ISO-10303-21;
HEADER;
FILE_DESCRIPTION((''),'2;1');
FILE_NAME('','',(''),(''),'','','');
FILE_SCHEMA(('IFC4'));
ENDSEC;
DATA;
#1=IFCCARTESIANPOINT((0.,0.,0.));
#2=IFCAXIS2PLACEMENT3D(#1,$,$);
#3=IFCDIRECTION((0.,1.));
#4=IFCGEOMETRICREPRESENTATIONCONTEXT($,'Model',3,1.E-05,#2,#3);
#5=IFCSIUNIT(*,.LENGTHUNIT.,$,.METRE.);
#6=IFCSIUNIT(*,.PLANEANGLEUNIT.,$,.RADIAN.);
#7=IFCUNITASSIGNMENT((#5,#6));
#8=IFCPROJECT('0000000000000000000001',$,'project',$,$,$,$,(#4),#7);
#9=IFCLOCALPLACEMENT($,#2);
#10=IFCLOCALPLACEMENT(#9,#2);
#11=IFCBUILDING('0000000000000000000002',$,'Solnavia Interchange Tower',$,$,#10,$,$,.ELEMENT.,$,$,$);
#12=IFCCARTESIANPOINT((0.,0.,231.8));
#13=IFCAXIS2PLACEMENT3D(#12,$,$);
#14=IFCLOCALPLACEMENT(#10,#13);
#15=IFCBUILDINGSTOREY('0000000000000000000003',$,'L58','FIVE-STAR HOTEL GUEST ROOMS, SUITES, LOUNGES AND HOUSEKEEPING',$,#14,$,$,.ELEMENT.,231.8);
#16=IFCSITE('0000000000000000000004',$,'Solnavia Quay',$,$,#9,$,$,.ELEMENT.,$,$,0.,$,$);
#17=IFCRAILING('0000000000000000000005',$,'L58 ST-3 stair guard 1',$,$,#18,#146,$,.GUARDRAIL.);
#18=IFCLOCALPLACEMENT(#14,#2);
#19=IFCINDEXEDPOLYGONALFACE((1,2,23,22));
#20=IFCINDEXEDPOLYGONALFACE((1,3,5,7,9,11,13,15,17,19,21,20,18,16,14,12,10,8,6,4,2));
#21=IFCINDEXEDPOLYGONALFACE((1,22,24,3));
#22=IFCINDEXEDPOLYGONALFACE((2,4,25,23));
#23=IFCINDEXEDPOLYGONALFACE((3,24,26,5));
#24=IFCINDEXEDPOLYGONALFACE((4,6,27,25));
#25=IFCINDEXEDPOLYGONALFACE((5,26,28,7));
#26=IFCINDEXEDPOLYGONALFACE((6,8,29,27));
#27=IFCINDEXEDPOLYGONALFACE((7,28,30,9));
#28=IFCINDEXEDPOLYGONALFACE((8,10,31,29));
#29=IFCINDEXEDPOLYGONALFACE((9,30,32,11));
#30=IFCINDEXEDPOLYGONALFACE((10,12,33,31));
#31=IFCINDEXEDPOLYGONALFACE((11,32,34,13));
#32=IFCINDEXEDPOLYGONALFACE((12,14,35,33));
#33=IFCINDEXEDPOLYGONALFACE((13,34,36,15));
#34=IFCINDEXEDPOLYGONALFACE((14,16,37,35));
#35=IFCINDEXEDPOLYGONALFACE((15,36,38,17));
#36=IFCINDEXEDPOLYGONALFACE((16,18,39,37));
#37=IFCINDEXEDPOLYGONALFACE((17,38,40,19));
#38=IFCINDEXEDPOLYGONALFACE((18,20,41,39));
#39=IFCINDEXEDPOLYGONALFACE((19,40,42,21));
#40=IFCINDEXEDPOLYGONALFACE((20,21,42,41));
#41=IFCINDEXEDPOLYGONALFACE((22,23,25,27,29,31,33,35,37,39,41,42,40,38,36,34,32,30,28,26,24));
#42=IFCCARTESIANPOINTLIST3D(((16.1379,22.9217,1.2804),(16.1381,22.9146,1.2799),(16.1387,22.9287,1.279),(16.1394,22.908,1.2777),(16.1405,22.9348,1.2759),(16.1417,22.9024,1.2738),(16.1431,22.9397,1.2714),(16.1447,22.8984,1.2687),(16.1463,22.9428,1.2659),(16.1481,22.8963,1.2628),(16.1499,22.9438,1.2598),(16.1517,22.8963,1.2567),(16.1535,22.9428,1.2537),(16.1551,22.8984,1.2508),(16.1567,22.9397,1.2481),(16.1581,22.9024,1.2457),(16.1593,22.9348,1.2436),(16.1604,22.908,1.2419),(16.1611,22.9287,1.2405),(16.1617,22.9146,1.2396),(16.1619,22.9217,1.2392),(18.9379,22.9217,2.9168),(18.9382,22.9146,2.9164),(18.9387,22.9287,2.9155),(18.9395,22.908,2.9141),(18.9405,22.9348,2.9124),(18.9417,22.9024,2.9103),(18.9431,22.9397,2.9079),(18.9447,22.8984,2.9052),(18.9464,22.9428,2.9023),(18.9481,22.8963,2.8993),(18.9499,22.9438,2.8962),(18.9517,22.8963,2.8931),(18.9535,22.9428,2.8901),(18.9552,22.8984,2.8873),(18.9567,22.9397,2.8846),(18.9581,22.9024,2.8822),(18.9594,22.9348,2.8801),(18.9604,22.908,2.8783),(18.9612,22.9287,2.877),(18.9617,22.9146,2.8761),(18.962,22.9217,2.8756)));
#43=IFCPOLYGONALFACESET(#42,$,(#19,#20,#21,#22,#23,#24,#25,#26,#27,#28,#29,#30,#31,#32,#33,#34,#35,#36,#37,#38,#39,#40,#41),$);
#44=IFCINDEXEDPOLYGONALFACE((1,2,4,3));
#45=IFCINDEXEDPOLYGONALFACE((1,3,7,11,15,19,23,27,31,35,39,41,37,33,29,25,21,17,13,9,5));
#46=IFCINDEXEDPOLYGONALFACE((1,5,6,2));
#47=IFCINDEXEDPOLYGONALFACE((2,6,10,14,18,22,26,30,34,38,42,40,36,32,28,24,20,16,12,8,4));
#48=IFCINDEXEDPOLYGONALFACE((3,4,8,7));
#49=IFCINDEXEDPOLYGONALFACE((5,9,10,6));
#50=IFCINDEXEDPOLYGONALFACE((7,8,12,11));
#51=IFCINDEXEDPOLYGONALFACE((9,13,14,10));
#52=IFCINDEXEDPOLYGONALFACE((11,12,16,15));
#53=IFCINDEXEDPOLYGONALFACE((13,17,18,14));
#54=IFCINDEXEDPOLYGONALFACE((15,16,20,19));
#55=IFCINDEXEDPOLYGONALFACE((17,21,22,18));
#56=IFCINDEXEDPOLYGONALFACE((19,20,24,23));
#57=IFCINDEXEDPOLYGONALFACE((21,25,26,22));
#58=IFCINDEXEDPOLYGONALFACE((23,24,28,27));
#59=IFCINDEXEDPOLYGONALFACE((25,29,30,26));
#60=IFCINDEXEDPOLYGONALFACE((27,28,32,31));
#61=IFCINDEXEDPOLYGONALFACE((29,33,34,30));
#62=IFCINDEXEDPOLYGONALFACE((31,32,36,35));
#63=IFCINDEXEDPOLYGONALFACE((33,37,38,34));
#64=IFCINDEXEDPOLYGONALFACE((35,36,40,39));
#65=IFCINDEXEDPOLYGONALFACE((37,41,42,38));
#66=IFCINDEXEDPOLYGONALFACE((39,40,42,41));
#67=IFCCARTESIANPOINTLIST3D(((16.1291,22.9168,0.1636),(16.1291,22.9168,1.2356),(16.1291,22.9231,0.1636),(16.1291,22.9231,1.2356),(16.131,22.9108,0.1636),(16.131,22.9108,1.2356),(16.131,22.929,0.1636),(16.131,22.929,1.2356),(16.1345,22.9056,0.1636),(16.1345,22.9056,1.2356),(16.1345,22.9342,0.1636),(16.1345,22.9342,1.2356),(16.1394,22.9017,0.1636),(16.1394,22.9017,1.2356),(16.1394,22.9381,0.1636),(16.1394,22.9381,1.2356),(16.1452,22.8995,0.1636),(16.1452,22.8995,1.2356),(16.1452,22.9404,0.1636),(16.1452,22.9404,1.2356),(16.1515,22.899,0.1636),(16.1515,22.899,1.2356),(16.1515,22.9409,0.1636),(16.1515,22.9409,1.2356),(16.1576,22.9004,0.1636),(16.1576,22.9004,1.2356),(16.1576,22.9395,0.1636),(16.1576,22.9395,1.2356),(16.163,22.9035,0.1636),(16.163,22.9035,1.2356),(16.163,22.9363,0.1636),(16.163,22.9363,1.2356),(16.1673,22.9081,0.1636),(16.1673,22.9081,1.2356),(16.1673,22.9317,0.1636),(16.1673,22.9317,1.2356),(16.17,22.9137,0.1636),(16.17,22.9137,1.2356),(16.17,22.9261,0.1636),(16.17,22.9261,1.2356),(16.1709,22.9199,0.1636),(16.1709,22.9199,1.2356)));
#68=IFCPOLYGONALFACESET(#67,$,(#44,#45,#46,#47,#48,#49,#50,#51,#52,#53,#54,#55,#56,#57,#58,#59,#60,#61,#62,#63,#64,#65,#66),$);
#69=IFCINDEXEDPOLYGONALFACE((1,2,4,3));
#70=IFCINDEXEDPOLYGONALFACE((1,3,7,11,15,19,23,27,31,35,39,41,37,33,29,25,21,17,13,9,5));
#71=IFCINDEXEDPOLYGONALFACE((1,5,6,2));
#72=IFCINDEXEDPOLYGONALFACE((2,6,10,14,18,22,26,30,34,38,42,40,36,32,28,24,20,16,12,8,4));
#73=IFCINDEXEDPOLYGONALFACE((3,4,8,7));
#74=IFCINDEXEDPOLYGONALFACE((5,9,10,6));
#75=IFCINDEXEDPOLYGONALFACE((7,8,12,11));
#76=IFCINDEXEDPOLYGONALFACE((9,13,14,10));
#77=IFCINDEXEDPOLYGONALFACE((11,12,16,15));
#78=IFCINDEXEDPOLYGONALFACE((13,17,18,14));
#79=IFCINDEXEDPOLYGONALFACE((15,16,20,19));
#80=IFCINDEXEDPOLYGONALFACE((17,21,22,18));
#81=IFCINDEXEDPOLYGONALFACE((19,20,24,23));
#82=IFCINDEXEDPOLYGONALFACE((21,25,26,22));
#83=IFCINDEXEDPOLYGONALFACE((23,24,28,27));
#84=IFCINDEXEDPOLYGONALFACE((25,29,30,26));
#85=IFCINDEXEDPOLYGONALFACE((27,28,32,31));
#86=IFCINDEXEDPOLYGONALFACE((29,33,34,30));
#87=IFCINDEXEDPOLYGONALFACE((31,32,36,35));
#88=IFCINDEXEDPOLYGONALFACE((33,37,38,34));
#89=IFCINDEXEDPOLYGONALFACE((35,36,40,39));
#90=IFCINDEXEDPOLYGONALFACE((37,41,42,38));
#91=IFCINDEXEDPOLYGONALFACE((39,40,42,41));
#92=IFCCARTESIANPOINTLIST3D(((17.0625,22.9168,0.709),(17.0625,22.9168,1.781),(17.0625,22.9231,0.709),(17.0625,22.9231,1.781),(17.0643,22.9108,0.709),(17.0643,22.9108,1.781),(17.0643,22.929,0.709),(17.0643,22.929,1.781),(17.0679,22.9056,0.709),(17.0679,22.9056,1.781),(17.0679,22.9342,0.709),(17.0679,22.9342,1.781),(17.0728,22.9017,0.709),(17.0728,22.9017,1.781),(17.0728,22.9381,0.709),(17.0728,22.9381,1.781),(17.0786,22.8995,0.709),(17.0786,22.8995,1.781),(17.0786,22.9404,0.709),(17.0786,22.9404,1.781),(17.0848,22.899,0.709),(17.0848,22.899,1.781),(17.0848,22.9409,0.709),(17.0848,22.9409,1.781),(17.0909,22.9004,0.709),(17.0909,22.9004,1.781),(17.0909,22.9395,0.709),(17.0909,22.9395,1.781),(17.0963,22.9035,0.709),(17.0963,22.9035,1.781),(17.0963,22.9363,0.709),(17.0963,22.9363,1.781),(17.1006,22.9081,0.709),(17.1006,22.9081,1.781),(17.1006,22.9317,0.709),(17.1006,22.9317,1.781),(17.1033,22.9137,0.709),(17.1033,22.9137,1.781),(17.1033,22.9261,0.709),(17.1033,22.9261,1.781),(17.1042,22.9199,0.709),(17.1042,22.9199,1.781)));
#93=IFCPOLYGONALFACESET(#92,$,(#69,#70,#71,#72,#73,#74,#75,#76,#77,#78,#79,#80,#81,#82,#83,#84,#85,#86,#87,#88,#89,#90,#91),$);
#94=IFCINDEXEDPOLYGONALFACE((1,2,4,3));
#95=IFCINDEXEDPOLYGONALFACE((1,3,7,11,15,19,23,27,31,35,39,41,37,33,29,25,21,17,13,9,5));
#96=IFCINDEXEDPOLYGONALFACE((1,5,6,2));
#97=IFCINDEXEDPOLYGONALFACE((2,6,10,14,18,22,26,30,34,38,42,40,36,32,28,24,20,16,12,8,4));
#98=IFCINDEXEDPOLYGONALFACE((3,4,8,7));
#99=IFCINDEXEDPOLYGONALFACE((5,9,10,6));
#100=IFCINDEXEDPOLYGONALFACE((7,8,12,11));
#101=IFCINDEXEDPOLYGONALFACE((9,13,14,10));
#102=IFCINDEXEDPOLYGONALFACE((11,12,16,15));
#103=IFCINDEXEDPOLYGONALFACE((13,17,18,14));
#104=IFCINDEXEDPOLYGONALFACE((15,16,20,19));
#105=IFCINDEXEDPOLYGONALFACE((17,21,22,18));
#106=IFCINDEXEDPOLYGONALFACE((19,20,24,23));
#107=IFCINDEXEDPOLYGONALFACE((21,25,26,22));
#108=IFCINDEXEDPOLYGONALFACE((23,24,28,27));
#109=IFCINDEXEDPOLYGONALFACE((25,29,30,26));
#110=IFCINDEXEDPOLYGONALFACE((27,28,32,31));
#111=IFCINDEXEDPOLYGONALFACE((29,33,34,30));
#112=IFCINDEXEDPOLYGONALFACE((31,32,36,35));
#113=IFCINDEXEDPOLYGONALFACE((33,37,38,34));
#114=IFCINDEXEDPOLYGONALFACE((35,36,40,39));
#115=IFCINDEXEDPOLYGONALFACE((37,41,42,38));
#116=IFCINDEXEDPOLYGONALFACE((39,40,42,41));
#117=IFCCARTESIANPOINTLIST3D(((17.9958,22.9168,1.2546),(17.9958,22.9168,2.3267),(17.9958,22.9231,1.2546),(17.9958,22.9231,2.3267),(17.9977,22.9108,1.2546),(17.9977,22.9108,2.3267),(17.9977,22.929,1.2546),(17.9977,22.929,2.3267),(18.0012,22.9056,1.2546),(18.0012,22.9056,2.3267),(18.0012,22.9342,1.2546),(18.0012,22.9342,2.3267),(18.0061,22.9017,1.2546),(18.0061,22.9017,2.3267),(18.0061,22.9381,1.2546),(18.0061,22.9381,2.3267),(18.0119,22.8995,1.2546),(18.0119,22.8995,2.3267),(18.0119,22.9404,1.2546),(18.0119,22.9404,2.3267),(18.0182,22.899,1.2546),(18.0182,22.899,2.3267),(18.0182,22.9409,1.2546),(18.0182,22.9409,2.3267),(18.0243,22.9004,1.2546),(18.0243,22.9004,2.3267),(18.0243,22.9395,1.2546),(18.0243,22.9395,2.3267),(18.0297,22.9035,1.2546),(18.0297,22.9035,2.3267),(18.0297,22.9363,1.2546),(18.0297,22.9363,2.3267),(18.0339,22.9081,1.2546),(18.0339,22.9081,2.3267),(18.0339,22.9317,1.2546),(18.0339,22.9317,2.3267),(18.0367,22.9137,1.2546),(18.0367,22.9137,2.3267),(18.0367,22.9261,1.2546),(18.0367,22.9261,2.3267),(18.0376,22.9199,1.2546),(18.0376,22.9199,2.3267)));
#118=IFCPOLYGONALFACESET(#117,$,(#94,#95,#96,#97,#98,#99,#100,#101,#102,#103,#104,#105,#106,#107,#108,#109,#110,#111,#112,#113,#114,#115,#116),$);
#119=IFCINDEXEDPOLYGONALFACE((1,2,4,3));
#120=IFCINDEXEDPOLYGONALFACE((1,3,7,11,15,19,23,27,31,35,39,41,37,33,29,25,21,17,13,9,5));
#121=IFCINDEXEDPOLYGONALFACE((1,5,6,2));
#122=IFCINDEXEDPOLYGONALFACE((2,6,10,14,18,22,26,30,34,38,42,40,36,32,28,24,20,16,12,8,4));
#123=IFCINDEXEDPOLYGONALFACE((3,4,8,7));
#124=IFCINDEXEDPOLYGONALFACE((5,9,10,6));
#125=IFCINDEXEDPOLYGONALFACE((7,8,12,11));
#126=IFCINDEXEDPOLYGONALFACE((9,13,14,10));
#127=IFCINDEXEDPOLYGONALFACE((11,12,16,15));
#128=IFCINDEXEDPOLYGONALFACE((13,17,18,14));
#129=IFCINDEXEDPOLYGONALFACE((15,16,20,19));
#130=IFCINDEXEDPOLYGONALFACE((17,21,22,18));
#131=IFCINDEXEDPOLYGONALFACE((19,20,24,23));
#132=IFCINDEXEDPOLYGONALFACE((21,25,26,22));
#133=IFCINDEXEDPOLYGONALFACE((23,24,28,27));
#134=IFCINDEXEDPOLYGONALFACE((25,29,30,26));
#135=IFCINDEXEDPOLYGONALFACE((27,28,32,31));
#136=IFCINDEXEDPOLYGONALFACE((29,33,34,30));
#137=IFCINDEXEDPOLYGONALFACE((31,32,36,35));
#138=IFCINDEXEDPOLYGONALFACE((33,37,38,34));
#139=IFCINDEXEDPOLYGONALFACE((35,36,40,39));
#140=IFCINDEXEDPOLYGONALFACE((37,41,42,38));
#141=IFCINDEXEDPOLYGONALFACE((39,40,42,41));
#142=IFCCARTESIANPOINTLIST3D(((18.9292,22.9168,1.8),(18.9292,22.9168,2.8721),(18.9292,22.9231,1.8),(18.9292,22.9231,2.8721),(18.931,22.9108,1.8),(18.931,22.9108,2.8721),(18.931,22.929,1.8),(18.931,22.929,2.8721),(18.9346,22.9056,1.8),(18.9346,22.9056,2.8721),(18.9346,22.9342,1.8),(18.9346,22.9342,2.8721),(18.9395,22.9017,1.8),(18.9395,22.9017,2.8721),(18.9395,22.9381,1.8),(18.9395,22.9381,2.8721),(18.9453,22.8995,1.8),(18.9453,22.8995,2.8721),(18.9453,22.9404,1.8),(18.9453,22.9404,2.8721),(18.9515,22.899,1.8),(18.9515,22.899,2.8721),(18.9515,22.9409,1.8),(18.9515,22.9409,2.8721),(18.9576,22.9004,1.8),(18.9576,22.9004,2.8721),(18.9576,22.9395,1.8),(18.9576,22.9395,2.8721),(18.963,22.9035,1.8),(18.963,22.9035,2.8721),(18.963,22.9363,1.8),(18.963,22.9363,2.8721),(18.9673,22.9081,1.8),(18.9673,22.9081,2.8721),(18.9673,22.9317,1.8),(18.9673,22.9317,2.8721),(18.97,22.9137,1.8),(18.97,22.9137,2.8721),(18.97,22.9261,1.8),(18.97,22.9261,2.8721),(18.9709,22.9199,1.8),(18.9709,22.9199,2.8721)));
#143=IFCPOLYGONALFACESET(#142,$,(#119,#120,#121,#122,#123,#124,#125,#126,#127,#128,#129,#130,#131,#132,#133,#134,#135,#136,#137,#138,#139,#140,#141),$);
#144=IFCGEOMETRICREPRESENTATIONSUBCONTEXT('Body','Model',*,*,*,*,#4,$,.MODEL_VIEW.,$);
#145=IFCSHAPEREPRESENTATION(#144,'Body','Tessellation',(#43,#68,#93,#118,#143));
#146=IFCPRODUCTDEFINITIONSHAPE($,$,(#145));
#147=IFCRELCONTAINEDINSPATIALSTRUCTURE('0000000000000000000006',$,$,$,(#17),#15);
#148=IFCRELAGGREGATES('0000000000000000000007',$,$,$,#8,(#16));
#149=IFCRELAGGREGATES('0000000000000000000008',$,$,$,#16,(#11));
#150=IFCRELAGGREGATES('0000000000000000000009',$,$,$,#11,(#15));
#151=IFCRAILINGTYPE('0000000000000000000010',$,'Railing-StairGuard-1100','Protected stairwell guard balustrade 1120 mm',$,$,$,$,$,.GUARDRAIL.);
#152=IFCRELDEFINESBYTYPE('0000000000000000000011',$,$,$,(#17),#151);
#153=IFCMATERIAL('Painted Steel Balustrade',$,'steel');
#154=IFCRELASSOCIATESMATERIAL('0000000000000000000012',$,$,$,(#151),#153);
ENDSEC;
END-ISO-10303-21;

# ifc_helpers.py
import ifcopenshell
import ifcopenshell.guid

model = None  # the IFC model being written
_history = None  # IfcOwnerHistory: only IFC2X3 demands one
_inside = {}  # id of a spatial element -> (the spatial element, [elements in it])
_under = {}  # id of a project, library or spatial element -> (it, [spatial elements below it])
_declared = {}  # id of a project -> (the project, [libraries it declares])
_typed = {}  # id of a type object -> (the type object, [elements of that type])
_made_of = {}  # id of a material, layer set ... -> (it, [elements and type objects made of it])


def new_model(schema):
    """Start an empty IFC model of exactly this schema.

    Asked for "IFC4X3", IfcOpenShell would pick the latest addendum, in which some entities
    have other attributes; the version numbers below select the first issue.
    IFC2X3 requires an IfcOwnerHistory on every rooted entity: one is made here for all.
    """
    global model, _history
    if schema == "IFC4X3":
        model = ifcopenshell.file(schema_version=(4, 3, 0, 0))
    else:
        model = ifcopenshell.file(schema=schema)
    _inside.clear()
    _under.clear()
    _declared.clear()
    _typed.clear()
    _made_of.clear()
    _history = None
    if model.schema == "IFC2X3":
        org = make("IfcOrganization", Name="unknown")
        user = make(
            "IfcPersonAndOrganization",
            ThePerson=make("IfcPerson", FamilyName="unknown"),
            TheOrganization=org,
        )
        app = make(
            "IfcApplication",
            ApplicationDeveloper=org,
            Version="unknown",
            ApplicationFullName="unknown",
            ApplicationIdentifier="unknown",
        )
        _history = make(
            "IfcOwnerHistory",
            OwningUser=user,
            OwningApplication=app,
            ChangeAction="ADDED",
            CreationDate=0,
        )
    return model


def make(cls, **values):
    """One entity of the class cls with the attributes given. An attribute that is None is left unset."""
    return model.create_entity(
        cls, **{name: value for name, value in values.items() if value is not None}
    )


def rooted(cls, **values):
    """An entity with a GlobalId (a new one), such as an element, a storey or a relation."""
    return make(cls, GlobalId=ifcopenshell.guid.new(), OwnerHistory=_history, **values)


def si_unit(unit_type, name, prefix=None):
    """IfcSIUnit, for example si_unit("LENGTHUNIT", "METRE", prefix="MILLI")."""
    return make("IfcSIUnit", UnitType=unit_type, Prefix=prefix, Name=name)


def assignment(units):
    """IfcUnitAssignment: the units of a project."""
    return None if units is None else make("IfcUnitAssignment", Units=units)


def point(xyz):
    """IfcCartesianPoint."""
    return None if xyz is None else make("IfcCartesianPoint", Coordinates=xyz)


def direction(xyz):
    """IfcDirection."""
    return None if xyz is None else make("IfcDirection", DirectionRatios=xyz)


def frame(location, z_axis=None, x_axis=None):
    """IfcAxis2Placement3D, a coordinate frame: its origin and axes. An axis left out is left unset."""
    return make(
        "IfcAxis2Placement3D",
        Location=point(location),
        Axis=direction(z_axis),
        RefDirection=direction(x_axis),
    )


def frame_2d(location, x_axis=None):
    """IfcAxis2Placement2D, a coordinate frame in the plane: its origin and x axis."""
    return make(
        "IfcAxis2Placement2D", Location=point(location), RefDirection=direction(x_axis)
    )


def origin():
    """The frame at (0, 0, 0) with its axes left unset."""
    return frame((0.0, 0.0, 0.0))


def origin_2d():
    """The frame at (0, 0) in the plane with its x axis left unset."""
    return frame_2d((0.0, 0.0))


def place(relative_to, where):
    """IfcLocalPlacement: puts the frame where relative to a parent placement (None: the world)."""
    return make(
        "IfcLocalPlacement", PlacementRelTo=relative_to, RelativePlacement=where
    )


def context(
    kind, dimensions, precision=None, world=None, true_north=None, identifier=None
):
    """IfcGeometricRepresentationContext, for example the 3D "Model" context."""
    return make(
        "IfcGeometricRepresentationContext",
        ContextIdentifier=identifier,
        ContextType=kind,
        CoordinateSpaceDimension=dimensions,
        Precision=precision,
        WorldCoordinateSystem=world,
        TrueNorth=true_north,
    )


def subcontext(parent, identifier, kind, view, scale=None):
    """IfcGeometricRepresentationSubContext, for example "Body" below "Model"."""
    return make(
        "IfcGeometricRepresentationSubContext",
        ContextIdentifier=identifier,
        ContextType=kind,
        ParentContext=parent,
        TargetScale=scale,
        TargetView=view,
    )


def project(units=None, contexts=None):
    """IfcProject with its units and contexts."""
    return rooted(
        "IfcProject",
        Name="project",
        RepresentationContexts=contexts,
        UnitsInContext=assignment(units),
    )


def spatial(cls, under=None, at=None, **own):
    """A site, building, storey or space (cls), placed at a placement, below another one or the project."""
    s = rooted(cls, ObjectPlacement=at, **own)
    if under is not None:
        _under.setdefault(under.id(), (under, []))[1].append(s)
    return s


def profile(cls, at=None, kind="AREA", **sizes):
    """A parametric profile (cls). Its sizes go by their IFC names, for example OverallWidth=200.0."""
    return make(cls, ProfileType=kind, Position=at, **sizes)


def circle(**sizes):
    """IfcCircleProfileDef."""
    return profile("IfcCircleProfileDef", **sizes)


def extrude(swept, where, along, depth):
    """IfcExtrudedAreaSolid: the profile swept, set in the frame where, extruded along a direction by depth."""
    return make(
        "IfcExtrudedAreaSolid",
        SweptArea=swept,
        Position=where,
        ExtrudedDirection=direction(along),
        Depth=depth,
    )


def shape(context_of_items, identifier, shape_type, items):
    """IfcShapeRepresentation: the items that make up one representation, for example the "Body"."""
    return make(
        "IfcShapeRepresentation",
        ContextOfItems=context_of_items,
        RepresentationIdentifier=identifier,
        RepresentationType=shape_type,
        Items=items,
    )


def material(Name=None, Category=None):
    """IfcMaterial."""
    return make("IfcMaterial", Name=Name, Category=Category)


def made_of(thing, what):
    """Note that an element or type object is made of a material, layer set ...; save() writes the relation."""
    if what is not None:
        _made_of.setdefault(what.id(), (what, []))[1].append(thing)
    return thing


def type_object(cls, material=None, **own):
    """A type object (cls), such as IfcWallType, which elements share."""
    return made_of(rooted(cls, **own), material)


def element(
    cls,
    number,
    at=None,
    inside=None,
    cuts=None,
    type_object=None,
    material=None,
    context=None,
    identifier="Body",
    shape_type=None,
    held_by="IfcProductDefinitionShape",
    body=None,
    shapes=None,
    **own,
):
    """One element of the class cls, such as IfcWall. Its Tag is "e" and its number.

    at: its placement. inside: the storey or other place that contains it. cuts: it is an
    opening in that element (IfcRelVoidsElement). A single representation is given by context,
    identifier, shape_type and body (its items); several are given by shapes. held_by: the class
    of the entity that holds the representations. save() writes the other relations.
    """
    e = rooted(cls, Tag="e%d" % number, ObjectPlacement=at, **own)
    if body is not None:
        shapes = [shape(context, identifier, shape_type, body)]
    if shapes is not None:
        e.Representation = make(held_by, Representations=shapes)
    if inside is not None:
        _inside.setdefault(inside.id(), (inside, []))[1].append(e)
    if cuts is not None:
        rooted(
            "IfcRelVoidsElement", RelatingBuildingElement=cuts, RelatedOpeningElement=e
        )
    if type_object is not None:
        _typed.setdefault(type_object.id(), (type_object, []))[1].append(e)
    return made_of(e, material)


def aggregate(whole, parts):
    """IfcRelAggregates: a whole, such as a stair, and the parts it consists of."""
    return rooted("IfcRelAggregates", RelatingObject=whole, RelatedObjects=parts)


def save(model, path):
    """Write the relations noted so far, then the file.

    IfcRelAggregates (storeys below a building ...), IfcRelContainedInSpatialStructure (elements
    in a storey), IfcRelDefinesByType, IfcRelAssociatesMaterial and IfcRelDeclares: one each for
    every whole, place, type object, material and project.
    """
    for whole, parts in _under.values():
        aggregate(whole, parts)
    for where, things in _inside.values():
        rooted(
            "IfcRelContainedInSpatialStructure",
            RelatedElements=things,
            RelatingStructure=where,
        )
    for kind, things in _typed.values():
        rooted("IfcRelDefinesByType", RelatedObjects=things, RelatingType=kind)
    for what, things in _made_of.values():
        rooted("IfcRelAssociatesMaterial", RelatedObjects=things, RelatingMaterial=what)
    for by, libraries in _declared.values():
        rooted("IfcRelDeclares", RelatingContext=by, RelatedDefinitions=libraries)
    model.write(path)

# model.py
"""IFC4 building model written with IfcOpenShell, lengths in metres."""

from ifc_helpers import new_model, si_unit, direction, frame, origin, origin_2d, place, context, subcontext, project, spatial, circle, extrude, material, type_object, element, save


model = new_model("IFC4")

# Units and contexts
model_context = context("Model", 3, precision=1e-05, world=origin(), true_north=direction((0.0, 1.0)))
body_context = subcontext(model_context, "Body", "Model", "MODEL_VIEW")
ifc_project = project(units=[si_unit("LENGTHUNIT", "METRE"), si_unit("PLANEANGLEUNIT", "RADIAN")], contexts=[model_context])

# Site, building, storey
site_placement = place(None, origin())
site = spatial("IfcSite", under=ifc_project, at=site_placement, Name="Solnavia Quay", CompositionType="ELEMENT", RefElevation=0.0)
building_placement = place(site_placement, origin())
building = spatial("IfcBuilding", under=site, at=building_placement, Name="Solnavia Interchange Tower", CompositionType="ELEMENT")
storey_placement = place(building_placement, frame((0.0, 0.0, 231.8)))
storey = spatial("IfcBuildingStorey", under=building, at=storey_placement, Name="L58", Description="FIVE-STAR HOTEL GUEST ROOMS, SUITES, LOUNGES AND HOUSEKEEPING", CompositionType="ELEMENT", Elevation=231.8)

# Railing
ifc_material_1 = material(Name="Painted Steel Balustrade", Category="steel")
railing_type_1 = type_object("IfcRailingType", Name="Railing-StairGuard-1100", Description="Protected stairwell guard balustrade 1120 mm", PredefinedType="GUARDRAIL", material=ifc_material_1)
railing_1_placement = place(storey_placement, frame((16.1499, 22.9199, 0.1636)))
element("IfcRailing", 1, at=railing_1_placement, inside=storey, type_object=railing_type_1, Name="L58 ST-3 stair guard 1", PredefinedType="GUARDRAIL", context=body_context, shape_type="SweptSolid", body=[
    extrude(circle(Radius=0.0239, at=origin_2d()), frame((0.0, 0.0, 1.0962), z_axis=(0.863361, 0.0, 0.504587), x_axis=(0.0, 1.0, 0.0)), (0.0, 0.0, 1.0), 3.2432),
    extrude(circle(Radius=0.021, at=origin_2d()), origin(), (0.0, 0.0, 1.0), 1.072),
    extrude(circle(Radius=0.021, at=origin_2d()), frame((0.9333, 0.0, 0.5454)), (0.0, 0.0, 1.0), 1.072),
    extrude(circle(Radius=0.021, at=origin_2d()), frame((1.8667, 0.0, 1.0911)), (0.0, 0.0, 1.0), 1.072),
    extrude(circle(Radius=0.021, at=origin_2d()), frame((2.8, 0.0, 1.6365)), (0.0, 0.0, 1.0), 1.072),
])

save(model, "model.ifc")
